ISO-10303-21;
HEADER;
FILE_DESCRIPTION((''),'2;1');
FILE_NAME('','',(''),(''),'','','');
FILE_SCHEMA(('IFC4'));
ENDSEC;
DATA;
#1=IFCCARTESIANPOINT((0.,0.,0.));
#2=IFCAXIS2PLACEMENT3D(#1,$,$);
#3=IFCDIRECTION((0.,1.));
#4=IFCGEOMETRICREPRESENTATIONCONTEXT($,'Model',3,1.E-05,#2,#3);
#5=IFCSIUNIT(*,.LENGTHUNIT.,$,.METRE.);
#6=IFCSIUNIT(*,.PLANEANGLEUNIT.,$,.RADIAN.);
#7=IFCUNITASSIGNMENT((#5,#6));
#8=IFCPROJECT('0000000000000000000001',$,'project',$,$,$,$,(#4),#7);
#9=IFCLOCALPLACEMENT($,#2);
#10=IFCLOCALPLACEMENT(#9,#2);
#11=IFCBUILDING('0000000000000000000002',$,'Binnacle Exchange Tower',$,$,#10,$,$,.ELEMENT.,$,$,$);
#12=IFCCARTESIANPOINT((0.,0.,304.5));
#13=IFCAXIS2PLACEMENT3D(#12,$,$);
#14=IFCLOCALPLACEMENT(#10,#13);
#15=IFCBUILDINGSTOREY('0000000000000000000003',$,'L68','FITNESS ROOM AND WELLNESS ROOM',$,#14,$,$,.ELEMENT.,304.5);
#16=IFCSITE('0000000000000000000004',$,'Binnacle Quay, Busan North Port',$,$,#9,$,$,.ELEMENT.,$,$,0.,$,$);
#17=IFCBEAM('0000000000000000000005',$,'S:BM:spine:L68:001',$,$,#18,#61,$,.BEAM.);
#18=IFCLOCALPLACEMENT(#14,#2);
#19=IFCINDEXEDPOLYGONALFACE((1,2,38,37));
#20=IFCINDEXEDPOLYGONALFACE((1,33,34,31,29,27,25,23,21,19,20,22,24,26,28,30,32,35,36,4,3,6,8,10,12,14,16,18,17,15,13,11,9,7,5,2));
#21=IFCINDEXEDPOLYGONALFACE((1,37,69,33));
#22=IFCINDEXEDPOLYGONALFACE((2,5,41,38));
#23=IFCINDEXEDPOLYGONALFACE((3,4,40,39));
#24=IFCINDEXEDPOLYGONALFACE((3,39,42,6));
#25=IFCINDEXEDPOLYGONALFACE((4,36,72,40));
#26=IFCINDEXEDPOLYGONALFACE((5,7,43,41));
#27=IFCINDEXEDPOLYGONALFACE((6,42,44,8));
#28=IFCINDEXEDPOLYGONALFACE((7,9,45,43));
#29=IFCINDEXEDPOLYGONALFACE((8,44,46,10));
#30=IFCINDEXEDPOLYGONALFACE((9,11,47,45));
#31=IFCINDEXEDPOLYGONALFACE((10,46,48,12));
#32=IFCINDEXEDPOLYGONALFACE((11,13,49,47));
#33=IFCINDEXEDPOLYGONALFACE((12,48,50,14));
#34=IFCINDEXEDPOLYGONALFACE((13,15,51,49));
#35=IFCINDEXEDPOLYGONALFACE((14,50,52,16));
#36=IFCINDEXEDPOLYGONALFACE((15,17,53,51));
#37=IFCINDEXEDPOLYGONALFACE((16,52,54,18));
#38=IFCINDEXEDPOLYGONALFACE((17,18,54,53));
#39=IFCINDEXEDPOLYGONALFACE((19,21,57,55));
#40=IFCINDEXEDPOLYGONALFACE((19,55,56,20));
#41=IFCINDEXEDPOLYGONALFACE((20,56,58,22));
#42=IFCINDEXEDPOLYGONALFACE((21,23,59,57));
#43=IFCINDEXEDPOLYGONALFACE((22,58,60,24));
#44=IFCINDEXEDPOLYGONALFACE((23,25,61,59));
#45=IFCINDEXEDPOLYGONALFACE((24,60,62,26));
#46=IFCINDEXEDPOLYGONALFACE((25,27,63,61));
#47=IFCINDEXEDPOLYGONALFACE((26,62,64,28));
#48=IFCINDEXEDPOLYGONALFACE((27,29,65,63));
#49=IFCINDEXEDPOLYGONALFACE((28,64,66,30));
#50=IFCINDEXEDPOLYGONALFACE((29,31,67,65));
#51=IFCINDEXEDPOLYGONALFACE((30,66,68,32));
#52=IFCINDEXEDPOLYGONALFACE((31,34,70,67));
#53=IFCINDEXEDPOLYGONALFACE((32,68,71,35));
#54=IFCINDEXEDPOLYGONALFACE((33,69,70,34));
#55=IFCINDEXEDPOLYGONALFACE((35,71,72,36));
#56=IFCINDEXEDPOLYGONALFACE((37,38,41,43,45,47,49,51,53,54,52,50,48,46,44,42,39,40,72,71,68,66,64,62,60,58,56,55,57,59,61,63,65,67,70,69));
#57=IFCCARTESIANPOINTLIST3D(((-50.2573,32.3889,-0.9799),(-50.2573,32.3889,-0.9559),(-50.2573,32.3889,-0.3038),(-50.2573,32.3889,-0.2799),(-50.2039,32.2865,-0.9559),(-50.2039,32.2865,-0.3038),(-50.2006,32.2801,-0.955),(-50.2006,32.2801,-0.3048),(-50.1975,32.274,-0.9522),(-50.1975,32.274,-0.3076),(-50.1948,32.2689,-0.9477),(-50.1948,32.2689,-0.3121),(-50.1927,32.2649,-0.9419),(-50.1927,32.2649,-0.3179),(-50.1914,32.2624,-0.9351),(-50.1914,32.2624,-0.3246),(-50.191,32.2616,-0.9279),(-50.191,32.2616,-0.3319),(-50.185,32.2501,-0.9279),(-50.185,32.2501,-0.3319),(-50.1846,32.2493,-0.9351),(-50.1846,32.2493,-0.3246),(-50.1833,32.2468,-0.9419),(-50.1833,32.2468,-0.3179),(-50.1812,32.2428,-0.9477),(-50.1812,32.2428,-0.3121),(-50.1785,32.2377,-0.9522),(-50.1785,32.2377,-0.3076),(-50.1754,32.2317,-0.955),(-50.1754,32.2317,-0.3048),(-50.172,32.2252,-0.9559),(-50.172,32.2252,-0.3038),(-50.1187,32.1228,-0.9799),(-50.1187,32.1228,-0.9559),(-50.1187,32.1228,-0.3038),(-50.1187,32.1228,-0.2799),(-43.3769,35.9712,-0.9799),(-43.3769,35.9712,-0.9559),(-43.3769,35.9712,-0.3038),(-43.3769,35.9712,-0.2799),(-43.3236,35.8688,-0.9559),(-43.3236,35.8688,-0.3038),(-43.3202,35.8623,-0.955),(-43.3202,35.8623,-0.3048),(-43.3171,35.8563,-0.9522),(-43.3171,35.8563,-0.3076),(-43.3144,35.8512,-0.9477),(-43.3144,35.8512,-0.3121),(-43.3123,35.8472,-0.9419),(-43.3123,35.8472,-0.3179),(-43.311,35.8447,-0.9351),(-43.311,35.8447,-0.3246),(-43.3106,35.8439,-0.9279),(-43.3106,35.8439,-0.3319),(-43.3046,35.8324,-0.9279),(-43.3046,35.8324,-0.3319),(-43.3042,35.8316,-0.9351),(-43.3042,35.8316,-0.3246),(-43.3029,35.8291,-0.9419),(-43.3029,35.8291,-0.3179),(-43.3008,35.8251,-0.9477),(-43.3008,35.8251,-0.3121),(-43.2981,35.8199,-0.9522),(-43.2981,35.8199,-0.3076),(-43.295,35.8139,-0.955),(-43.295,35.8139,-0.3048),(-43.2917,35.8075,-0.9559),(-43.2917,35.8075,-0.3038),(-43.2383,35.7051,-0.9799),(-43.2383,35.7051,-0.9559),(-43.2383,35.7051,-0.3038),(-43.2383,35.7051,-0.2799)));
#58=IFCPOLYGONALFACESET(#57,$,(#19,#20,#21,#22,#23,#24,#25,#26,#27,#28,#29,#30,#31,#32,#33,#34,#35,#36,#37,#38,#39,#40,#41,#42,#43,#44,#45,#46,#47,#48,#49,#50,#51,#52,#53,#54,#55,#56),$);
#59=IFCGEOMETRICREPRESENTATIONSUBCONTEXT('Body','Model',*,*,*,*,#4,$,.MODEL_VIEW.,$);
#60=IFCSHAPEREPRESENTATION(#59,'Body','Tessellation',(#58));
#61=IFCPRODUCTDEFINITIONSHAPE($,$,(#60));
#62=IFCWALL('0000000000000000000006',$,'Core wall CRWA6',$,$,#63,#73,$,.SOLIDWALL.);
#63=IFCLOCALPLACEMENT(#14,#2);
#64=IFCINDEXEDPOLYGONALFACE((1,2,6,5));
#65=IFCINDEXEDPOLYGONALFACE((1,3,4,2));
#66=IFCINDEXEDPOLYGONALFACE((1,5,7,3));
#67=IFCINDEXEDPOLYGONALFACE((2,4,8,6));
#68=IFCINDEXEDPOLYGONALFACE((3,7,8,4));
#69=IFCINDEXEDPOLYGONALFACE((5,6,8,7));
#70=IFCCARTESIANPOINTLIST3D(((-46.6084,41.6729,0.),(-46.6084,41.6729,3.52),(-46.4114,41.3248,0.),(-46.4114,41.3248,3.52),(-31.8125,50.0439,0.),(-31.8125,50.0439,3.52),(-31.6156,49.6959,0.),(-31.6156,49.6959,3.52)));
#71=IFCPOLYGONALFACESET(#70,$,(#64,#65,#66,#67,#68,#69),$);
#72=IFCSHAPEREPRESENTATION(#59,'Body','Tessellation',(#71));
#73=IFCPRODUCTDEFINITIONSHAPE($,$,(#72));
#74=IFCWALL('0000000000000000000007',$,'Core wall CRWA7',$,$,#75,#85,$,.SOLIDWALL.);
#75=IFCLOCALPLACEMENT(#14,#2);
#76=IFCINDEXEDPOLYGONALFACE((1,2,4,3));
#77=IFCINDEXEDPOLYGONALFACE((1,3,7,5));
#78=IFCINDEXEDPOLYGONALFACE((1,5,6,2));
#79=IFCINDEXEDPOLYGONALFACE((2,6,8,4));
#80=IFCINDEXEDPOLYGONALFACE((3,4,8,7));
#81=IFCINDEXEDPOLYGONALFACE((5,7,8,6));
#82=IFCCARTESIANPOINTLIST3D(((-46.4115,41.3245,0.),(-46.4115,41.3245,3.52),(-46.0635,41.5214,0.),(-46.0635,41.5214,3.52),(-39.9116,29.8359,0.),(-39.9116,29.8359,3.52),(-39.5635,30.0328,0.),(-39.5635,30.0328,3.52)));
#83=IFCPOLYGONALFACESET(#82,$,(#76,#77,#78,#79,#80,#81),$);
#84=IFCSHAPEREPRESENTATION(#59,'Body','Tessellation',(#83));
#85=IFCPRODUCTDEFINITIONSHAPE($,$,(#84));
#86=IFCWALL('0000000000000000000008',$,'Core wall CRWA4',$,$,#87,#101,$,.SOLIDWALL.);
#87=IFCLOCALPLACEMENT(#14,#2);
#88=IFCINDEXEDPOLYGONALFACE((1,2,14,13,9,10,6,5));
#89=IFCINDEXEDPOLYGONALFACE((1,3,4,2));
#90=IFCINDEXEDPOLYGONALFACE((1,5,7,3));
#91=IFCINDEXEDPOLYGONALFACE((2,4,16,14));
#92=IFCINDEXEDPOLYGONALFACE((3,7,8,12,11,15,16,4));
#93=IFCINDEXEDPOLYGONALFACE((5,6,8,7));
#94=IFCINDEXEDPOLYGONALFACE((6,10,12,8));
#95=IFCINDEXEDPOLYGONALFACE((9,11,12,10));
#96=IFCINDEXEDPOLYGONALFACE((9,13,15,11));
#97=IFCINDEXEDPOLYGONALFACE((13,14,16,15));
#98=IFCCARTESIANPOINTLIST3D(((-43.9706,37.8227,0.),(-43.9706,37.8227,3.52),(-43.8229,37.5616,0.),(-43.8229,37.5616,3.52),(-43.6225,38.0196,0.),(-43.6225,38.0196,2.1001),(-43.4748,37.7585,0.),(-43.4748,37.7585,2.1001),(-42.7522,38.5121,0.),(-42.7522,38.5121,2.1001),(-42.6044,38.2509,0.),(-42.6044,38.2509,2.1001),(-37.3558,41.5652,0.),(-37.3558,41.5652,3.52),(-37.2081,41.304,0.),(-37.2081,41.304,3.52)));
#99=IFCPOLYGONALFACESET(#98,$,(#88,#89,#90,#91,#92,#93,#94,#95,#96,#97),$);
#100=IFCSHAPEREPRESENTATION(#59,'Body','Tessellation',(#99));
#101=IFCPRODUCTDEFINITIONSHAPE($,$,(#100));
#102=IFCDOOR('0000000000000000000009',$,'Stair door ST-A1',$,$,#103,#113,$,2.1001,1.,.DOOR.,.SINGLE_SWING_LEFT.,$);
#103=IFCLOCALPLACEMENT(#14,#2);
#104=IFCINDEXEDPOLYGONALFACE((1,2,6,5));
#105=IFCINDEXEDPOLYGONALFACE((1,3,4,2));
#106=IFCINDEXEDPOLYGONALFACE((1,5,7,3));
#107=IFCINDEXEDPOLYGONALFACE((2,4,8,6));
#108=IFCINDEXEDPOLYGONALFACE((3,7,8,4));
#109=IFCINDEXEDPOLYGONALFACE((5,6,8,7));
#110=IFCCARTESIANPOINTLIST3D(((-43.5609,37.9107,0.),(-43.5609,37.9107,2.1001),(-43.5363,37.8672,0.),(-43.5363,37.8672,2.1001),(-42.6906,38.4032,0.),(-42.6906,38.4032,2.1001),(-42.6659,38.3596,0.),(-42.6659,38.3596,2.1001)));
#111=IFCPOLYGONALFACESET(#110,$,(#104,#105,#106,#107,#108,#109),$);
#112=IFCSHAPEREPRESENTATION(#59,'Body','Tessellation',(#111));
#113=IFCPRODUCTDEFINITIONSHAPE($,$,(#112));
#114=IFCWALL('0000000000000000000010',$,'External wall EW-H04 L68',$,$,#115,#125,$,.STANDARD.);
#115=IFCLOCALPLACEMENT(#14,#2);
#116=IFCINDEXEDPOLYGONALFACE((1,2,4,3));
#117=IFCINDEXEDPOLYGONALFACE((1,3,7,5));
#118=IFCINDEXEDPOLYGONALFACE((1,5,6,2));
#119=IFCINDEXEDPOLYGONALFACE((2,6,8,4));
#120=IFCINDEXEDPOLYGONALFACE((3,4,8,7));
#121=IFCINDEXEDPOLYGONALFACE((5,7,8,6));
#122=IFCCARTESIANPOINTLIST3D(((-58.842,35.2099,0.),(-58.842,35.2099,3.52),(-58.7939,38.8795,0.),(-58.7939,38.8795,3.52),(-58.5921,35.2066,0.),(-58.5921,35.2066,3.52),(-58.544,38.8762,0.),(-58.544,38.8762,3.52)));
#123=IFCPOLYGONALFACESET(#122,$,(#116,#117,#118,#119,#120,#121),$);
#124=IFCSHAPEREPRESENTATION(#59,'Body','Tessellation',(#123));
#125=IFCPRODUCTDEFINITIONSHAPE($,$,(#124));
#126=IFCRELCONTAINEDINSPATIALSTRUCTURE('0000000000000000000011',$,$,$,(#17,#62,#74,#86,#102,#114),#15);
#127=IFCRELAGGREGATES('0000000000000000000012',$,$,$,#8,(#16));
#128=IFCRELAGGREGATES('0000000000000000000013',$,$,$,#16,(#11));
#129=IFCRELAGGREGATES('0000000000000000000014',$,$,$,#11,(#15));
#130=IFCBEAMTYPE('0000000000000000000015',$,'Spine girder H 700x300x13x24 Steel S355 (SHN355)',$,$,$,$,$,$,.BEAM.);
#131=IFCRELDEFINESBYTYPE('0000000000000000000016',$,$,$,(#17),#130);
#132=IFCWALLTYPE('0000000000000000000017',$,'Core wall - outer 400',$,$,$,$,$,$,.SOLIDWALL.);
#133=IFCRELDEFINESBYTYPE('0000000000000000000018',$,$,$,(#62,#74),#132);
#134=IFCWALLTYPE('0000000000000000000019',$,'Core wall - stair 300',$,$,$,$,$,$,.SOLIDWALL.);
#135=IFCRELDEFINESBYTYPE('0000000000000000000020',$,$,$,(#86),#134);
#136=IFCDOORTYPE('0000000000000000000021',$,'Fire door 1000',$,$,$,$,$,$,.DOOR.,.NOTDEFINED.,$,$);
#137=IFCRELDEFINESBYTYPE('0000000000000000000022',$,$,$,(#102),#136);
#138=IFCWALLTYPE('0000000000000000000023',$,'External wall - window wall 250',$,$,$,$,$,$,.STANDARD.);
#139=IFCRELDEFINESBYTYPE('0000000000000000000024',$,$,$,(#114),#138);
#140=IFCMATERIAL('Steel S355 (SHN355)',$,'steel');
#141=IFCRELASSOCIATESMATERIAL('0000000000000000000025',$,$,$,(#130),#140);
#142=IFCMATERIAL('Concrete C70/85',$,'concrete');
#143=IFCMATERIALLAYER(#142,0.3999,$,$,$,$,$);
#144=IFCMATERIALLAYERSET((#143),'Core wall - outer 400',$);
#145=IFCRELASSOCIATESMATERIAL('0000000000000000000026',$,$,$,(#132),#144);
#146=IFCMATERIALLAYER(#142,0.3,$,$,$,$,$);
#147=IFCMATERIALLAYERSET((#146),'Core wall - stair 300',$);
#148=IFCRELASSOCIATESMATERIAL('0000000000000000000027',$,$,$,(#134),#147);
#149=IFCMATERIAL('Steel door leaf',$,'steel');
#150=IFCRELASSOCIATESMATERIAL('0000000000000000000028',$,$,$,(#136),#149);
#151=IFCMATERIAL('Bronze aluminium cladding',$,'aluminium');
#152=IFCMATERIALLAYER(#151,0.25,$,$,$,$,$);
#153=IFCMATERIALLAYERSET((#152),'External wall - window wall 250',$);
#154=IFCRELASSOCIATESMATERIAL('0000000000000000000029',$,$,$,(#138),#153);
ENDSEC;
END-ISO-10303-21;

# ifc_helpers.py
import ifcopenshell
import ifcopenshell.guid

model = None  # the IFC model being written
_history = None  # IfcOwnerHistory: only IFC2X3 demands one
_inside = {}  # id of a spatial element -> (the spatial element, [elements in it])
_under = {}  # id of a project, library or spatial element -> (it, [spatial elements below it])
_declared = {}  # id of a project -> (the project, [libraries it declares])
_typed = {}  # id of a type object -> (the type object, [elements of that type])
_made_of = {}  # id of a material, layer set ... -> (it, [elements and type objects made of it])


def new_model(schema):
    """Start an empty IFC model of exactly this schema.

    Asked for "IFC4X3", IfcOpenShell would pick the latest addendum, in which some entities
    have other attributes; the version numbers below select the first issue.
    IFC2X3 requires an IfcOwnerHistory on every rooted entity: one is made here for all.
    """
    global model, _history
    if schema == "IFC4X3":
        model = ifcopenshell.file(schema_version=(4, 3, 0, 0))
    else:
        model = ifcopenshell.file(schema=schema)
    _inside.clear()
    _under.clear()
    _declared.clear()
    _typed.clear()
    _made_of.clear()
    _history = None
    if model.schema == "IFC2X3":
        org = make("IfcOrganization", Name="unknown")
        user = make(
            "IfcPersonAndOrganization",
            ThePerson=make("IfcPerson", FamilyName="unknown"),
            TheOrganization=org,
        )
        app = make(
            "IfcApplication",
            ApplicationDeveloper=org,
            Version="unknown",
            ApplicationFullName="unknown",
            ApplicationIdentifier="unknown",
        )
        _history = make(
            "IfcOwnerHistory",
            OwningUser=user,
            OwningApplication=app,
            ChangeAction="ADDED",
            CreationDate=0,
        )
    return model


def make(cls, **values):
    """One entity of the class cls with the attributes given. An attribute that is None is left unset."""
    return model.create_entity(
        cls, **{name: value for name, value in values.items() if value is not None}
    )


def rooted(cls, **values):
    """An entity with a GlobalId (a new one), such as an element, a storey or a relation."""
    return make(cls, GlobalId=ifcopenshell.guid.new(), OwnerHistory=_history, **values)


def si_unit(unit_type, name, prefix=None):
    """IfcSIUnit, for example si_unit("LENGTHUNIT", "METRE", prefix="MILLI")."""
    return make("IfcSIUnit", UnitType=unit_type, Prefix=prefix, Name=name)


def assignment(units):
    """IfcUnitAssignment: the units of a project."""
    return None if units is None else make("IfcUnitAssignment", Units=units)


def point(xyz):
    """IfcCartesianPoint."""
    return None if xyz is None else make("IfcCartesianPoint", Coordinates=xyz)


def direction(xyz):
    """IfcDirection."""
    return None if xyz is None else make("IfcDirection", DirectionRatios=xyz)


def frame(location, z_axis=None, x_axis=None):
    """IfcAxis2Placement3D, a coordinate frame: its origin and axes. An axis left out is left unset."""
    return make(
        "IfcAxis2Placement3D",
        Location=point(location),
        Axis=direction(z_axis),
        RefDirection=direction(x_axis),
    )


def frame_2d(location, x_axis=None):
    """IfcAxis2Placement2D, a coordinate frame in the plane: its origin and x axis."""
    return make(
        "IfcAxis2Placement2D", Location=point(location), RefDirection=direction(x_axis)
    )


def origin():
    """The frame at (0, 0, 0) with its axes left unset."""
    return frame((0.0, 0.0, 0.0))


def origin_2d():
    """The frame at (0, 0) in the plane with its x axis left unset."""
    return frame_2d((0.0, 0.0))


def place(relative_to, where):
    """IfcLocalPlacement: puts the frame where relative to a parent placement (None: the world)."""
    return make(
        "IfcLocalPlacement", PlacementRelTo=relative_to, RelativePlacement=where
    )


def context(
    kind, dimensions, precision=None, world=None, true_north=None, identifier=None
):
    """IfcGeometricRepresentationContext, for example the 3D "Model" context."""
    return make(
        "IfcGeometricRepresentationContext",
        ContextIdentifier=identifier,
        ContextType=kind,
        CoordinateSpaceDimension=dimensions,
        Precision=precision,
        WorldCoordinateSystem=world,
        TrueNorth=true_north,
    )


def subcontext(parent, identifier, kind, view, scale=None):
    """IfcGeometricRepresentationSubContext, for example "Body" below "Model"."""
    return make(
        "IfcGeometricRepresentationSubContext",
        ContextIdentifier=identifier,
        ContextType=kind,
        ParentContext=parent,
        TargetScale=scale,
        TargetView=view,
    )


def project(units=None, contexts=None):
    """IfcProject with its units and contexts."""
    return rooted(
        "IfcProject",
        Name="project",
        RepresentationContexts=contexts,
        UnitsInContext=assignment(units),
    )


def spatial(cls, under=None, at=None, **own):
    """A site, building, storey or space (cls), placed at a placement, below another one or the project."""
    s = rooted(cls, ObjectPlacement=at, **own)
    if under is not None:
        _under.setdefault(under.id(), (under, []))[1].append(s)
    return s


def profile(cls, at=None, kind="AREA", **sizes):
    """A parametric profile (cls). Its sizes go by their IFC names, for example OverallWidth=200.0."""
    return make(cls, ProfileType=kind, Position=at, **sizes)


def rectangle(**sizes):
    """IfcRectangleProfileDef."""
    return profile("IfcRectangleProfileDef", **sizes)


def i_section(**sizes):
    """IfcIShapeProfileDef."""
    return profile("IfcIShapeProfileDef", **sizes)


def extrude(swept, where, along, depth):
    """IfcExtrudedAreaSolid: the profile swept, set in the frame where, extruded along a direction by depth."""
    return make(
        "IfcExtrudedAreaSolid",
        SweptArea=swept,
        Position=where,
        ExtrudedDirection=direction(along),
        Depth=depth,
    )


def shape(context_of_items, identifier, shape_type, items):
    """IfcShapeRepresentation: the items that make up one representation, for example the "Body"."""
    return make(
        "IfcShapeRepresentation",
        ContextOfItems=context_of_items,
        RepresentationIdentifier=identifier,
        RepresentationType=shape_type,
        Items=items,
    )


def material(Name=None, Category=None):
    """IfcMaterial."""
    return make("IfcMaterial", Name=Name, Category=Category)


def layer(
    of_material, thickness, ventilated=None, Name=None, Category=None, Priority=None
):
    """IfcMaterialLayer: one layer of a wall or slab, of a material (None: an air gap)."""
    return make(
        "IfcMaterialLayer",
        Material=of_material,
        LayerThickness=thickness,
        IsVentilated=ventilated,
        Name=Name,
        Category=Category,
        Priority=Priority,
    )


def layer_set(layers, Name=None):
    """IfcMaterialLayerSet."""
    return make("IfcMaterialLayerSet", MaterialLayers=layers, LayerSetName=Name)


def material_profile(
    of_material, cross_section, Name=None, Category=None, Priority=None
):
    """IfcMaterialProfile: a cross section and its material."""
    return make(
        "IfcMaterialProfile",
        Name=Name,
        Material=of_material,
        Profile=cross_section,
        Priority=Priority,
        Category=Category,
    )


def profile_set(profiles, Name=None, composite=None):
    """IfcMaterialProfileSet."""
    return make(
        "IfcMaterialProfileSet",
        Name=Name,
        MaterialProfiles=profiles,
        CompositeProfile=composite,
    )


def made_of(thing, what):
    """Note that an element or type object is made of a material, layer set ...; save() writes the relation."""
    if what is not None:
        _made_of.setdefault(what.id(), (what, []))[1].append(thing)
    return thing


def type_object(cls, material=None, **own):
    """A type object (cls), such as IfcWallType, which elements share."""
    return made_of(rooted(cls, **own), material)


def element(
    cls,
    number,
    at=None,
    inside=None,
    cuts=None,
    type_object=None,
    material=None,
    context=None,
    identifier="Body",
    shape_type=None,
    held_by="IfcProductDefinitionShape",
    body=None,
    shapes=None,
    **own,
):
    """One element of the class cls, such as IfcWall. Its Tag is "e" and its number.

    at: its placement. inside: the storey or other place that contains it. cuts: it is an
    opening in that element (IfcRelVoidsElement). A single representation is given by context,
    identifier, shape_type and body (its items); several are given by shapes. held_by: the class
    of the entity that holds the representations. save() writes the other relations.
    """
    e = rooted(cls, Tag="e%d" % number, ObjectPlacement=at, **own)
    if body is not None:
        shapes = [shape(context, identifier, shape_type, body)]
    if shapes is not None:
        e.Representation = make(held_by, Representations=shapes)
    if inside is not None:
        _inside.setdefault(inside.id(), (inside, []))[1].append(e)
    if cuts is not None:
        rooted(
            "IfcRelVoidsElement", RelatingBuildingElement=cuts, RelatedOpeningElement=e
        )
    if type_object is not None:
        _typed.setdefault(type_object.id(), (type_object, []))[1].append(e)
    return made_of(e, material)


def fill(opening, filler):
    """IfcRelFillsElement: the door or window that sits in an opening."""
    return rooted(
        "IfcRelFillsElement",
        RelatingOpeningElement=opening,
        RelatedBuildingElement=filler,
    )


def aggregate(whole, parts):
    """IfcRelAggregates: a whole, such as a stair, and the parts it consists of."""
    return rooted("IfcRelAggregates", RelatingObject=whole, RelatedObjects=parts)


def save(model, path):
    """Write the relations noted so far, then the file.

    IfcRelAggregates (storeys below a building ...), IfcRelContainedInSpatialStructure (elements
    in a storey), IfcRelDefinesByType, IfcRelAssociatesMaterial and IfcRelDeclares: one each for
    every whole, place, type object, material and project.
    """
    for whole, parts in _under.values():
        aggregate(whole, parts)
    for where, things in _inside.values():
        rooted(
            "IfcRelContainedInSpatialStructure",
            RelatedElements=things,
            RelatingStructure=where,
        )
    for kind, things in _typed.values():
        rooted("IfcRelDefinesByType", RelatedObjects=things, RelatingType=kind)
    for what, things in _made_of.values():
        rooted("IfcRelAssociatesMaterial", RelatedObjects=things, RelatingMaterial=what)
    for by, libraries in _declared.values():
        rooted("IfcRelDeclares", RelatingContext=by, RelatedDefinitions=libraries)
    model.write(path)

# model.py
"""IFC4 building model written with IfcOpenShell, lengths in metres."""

from ifc_helpers import new_model, si_unit, direction, frame, frame_2d, origin, origin_2d, place, context, subcontext, project, spatial, rectangle, i_section, extrude, material, layer, layer_set, material_profile, profile_set, type_object, element, fill, save


model = new_model("IFC4")

# Units and contexts
model_context = context("Model", 3, precision=1e-05, world=origin(), true_north=direction((0.0, 1.0)))
body_context = subcontext(model_context, "Body", "Model", "MODEL_VIEW")
ifc_project = project(units=[si_unit("LENGTHUNIT", "METRE"), si_unit("PLANEANGLEUNIT", "RADIAN")], contexts=[model_context])

# Site, building, storey
site_placement = place(None, origin())
site = spatial("IfcSite", under=ifc_project, at=site_placement, Name="Binnacle Quay, Busan North Port", CompositionType="ELEMENT", RefElevation=0.0)
building_placement = place(site_placement, origin())
building = spatial("IfcBuilding", under=site, at=building_placement, Name="Binnacle Exchange Tower", CompositionType="ELEMENT")
storey_placement = place(building_placement, frame((0.0, 0.0, 304.5)))
storey = spatial("IfcBuildingStorey", under=building, at=storey_placement, Name="L68", Description="FITNESS ROOM AND WELLNESS ROOM", CompositionType="ELEMENT", Elevation=304.5)

# Beam
ifc_material_1 = material(Name="Steel S355 (SHN355)", Category="steel")
ifc_material_profile_1 = material_profile(ifc_material_1, i_section(OverallWidth=0.3, OverallDepth=0.7, WebThickness=0.0129, FlangeThickness=0.0239, FilletRadius=0.0281, at=origin_2d()), Name="H 700x300x13x24")
ifc_profile_set_1 = profile_set([ifc_material_profile_1], Name="Steel S355 (SHN355)")
beam_type_1 = type_object("IfcBeamType", Name="Spine girder H 700x300x13x24 Steel S355 (SHN355)", PredefinedType="BEAM", material=ifc_profile_set_1)
beam_1_placement = place(storey_placement, frame((-50.188, 32.2559, -0.6299), z_axis=(0.88698, 0.461808, 0.0), x_axis=(-0.461808, 0.88698, 0.0)))
element("IfcBeam", 1, at=beam_1_placement, inside=storey, type_object=beam_type_1, Name="S:BM:spine:L68:001", PredefinedType="BEAM", context=body_context, shape_type="SweptSolid", body=[
    extrude(i_section(OverallWidth=0.3, OverallDepth=0.7, WebThickness=0.0129, FlangeThickness=0.0239, FilletRadius=0.0281, at=origin_2d()), origin(), (0.0, 0.0, 1.0), 7.7571),
])

# Walls
ifc_material_2 = material(Name="Concrete C70/85", Category="concrete")
ifc_layer_1 = layer(ifc_material_2, 0.3999)
ifc_layer_set_1 = layer_set([ifc_layer_1], Name="Core wall - outer 400")
wall_type_1 = type_object("IfcWallType", Name="Core wall - outer 400", PredefinedType="SOLIDWALL", material=ifc_layer_set_1)
wall_1_placement = place(storey_placement, frame((-46.51, 41.4988, 0.0), z_axis=(0.0, 0.0, 1.0), x_axis=(0.870356, 0.492423, 0.0)))
element("IfcWall", 2, at=wall_1_placement, inside=storey, type_object=wall_type_1, Name="Core wall CRWA6", PredefinedType="SOLIDWALL", context=body_context, shape_type="SweptSolid", body=[
    extrude(rectangle(XDim=16.9998, YDim=0.3999, at=frame_2d((8.5, 0.0))), origin(), (0.0, 0.0, 1.0), 3.52),
])
wall_2_placement = place(storey_placement, frame((-46.2375, 41.4231, 0.0), z_axis=(0.0, 0.0, 1.0), x_axis=(0.492422, -0.870357, 0.0)))
element("IfcWall", 3, at=wall_2_placement, inside=storey, type_object=wall_type_1, Name="Core wall CRWA7", PredefinedType="SOLIDWALL", context=body_context, shape_type="SweptSolid", body=[
    extrude(rectangle(XDim=13.2, YDim=0.3999, at=frame_2d((6.6001, 0.0))), origin(), (0.0, 0.0, 1.0), 3.52),
])

# Wall, opening, door
ifc_layer_2 = layer(ifc_material_2, 0.3)
ifc_layer_set_2 = layer_set([ifc_layer_2], Name="Core wall - stair 300")
wall_type_2 = type_object("IfcWallType", Name="Core wall - stair 300", PredefinedType="SOLIDWALL", material=ifc_layer_set_2)
wall_3_placement = place(storey_placement, frame((-43.8967, 37.6921, 0.0), z_axis=(0.0, 0.0, 1.0), x_axis=(0.870356, 0.492422, 0.0)))
wall_3 = element("IfcWall", 4, at=wall_3_placement, inside=storey, type_object=wall_type_2, Name="Core wall CRWA4", PredefinedType="SOLIDWALL", context=body_context, shape_type="SweptSolid", body=[
    extrude(rectangle(XDim=7.6001, YDim=0.3, at=frame_2d((3.8, 0.0))), origin(), (0.0, 0.0, 1.0), 3.52),
])
opening_1_placement = place(wall_3_placement, frame((0.3999, 0.0, 0.0)))
opening_1 = element("IfcOpeningElement", 5, at=opening_1_placement, cuts=wall_3, PredefinedType="OPENING", context=body_context, shape_type="SweptSolid", body=[
    extrude(rectangle(XDim=1.0, YDim=2.1001, at=frame_2d((0.5, 1.05))), frame((0.0, 0.1599, 0.0), z_axis=(0.0, -1.0, 0.0), x_axis=(1.0, 0.0, 0.0)), (0.0, 0.0, 1.0), 0.3201),
])
ifc_material_3 = material(Name="Steel door leaf", Category="steel")
door_type = type_object("IfcDoorType", Name="Fire door 1000", OperationType="NOTDEFINED", PredefinedType="DOOR", material=ifc_material_3)
door_placement = place(opening_1_placement, origin())
door = element("IfcDoor", 6, at=door_placement, inside=storey, type_object=door_type, Name="Stair door ST-A1", OperationType="SINGLE_SWING_LEFT", OverallHeight=2.1001, OverallWidth=1.0, PredefinedType="DOOR", context=body_context, shape_type="SweptSolid", body=[
    extrude(rectangle(XDim=1.0, YDim=2.1001, at=frame_2d((0.5, 1.05))), frame((0.0, 0.0249, 0.0), z_axis=(0.0, -1.0, 0.0), x_axis=(1.0, 0.0, 0.0)), (0.0, 0.0, 1.0), 0.05),
])
fill(opening_1, door)

# Wall
ifc_material_4 = material(Name="Bronze aluminium cladding", Category="aluminium")
ifc_layer_3 = layer(ifc_material_4, 0.25)
ifc_layer_set_3 = layer_set([ifc_layer_3], Name="External wall - window wall 250")
wall_type_3 = type_object("IfcWallType", Name="External wall - window wall 250", PredefinedType="STANDARD", material=ifc_layer_set_3)
wall_4_placement = place(storey_placement, frame((-58.717, 35.2083, 0.0), z_axis=(0.0, 0.0, 1.0), x_axis=(0.013105, 0.999914, 0.0)))
element("IfcWall", 7, at=wall_4_placement, inside=storey, type_object=wall_type_3, Name="External wall EW-H04 L68", PredefinedType="STANDARD", context=body_context, shape_type="SweptSolid", body=[
    extrude(rectangle(XDim=3.6699, YDim=0.25, at=frame_2d((1.835, 0.0))), origin(), (0.0, 0.0, 1.0), 3.52),
])

save(model, "model.ifc")
